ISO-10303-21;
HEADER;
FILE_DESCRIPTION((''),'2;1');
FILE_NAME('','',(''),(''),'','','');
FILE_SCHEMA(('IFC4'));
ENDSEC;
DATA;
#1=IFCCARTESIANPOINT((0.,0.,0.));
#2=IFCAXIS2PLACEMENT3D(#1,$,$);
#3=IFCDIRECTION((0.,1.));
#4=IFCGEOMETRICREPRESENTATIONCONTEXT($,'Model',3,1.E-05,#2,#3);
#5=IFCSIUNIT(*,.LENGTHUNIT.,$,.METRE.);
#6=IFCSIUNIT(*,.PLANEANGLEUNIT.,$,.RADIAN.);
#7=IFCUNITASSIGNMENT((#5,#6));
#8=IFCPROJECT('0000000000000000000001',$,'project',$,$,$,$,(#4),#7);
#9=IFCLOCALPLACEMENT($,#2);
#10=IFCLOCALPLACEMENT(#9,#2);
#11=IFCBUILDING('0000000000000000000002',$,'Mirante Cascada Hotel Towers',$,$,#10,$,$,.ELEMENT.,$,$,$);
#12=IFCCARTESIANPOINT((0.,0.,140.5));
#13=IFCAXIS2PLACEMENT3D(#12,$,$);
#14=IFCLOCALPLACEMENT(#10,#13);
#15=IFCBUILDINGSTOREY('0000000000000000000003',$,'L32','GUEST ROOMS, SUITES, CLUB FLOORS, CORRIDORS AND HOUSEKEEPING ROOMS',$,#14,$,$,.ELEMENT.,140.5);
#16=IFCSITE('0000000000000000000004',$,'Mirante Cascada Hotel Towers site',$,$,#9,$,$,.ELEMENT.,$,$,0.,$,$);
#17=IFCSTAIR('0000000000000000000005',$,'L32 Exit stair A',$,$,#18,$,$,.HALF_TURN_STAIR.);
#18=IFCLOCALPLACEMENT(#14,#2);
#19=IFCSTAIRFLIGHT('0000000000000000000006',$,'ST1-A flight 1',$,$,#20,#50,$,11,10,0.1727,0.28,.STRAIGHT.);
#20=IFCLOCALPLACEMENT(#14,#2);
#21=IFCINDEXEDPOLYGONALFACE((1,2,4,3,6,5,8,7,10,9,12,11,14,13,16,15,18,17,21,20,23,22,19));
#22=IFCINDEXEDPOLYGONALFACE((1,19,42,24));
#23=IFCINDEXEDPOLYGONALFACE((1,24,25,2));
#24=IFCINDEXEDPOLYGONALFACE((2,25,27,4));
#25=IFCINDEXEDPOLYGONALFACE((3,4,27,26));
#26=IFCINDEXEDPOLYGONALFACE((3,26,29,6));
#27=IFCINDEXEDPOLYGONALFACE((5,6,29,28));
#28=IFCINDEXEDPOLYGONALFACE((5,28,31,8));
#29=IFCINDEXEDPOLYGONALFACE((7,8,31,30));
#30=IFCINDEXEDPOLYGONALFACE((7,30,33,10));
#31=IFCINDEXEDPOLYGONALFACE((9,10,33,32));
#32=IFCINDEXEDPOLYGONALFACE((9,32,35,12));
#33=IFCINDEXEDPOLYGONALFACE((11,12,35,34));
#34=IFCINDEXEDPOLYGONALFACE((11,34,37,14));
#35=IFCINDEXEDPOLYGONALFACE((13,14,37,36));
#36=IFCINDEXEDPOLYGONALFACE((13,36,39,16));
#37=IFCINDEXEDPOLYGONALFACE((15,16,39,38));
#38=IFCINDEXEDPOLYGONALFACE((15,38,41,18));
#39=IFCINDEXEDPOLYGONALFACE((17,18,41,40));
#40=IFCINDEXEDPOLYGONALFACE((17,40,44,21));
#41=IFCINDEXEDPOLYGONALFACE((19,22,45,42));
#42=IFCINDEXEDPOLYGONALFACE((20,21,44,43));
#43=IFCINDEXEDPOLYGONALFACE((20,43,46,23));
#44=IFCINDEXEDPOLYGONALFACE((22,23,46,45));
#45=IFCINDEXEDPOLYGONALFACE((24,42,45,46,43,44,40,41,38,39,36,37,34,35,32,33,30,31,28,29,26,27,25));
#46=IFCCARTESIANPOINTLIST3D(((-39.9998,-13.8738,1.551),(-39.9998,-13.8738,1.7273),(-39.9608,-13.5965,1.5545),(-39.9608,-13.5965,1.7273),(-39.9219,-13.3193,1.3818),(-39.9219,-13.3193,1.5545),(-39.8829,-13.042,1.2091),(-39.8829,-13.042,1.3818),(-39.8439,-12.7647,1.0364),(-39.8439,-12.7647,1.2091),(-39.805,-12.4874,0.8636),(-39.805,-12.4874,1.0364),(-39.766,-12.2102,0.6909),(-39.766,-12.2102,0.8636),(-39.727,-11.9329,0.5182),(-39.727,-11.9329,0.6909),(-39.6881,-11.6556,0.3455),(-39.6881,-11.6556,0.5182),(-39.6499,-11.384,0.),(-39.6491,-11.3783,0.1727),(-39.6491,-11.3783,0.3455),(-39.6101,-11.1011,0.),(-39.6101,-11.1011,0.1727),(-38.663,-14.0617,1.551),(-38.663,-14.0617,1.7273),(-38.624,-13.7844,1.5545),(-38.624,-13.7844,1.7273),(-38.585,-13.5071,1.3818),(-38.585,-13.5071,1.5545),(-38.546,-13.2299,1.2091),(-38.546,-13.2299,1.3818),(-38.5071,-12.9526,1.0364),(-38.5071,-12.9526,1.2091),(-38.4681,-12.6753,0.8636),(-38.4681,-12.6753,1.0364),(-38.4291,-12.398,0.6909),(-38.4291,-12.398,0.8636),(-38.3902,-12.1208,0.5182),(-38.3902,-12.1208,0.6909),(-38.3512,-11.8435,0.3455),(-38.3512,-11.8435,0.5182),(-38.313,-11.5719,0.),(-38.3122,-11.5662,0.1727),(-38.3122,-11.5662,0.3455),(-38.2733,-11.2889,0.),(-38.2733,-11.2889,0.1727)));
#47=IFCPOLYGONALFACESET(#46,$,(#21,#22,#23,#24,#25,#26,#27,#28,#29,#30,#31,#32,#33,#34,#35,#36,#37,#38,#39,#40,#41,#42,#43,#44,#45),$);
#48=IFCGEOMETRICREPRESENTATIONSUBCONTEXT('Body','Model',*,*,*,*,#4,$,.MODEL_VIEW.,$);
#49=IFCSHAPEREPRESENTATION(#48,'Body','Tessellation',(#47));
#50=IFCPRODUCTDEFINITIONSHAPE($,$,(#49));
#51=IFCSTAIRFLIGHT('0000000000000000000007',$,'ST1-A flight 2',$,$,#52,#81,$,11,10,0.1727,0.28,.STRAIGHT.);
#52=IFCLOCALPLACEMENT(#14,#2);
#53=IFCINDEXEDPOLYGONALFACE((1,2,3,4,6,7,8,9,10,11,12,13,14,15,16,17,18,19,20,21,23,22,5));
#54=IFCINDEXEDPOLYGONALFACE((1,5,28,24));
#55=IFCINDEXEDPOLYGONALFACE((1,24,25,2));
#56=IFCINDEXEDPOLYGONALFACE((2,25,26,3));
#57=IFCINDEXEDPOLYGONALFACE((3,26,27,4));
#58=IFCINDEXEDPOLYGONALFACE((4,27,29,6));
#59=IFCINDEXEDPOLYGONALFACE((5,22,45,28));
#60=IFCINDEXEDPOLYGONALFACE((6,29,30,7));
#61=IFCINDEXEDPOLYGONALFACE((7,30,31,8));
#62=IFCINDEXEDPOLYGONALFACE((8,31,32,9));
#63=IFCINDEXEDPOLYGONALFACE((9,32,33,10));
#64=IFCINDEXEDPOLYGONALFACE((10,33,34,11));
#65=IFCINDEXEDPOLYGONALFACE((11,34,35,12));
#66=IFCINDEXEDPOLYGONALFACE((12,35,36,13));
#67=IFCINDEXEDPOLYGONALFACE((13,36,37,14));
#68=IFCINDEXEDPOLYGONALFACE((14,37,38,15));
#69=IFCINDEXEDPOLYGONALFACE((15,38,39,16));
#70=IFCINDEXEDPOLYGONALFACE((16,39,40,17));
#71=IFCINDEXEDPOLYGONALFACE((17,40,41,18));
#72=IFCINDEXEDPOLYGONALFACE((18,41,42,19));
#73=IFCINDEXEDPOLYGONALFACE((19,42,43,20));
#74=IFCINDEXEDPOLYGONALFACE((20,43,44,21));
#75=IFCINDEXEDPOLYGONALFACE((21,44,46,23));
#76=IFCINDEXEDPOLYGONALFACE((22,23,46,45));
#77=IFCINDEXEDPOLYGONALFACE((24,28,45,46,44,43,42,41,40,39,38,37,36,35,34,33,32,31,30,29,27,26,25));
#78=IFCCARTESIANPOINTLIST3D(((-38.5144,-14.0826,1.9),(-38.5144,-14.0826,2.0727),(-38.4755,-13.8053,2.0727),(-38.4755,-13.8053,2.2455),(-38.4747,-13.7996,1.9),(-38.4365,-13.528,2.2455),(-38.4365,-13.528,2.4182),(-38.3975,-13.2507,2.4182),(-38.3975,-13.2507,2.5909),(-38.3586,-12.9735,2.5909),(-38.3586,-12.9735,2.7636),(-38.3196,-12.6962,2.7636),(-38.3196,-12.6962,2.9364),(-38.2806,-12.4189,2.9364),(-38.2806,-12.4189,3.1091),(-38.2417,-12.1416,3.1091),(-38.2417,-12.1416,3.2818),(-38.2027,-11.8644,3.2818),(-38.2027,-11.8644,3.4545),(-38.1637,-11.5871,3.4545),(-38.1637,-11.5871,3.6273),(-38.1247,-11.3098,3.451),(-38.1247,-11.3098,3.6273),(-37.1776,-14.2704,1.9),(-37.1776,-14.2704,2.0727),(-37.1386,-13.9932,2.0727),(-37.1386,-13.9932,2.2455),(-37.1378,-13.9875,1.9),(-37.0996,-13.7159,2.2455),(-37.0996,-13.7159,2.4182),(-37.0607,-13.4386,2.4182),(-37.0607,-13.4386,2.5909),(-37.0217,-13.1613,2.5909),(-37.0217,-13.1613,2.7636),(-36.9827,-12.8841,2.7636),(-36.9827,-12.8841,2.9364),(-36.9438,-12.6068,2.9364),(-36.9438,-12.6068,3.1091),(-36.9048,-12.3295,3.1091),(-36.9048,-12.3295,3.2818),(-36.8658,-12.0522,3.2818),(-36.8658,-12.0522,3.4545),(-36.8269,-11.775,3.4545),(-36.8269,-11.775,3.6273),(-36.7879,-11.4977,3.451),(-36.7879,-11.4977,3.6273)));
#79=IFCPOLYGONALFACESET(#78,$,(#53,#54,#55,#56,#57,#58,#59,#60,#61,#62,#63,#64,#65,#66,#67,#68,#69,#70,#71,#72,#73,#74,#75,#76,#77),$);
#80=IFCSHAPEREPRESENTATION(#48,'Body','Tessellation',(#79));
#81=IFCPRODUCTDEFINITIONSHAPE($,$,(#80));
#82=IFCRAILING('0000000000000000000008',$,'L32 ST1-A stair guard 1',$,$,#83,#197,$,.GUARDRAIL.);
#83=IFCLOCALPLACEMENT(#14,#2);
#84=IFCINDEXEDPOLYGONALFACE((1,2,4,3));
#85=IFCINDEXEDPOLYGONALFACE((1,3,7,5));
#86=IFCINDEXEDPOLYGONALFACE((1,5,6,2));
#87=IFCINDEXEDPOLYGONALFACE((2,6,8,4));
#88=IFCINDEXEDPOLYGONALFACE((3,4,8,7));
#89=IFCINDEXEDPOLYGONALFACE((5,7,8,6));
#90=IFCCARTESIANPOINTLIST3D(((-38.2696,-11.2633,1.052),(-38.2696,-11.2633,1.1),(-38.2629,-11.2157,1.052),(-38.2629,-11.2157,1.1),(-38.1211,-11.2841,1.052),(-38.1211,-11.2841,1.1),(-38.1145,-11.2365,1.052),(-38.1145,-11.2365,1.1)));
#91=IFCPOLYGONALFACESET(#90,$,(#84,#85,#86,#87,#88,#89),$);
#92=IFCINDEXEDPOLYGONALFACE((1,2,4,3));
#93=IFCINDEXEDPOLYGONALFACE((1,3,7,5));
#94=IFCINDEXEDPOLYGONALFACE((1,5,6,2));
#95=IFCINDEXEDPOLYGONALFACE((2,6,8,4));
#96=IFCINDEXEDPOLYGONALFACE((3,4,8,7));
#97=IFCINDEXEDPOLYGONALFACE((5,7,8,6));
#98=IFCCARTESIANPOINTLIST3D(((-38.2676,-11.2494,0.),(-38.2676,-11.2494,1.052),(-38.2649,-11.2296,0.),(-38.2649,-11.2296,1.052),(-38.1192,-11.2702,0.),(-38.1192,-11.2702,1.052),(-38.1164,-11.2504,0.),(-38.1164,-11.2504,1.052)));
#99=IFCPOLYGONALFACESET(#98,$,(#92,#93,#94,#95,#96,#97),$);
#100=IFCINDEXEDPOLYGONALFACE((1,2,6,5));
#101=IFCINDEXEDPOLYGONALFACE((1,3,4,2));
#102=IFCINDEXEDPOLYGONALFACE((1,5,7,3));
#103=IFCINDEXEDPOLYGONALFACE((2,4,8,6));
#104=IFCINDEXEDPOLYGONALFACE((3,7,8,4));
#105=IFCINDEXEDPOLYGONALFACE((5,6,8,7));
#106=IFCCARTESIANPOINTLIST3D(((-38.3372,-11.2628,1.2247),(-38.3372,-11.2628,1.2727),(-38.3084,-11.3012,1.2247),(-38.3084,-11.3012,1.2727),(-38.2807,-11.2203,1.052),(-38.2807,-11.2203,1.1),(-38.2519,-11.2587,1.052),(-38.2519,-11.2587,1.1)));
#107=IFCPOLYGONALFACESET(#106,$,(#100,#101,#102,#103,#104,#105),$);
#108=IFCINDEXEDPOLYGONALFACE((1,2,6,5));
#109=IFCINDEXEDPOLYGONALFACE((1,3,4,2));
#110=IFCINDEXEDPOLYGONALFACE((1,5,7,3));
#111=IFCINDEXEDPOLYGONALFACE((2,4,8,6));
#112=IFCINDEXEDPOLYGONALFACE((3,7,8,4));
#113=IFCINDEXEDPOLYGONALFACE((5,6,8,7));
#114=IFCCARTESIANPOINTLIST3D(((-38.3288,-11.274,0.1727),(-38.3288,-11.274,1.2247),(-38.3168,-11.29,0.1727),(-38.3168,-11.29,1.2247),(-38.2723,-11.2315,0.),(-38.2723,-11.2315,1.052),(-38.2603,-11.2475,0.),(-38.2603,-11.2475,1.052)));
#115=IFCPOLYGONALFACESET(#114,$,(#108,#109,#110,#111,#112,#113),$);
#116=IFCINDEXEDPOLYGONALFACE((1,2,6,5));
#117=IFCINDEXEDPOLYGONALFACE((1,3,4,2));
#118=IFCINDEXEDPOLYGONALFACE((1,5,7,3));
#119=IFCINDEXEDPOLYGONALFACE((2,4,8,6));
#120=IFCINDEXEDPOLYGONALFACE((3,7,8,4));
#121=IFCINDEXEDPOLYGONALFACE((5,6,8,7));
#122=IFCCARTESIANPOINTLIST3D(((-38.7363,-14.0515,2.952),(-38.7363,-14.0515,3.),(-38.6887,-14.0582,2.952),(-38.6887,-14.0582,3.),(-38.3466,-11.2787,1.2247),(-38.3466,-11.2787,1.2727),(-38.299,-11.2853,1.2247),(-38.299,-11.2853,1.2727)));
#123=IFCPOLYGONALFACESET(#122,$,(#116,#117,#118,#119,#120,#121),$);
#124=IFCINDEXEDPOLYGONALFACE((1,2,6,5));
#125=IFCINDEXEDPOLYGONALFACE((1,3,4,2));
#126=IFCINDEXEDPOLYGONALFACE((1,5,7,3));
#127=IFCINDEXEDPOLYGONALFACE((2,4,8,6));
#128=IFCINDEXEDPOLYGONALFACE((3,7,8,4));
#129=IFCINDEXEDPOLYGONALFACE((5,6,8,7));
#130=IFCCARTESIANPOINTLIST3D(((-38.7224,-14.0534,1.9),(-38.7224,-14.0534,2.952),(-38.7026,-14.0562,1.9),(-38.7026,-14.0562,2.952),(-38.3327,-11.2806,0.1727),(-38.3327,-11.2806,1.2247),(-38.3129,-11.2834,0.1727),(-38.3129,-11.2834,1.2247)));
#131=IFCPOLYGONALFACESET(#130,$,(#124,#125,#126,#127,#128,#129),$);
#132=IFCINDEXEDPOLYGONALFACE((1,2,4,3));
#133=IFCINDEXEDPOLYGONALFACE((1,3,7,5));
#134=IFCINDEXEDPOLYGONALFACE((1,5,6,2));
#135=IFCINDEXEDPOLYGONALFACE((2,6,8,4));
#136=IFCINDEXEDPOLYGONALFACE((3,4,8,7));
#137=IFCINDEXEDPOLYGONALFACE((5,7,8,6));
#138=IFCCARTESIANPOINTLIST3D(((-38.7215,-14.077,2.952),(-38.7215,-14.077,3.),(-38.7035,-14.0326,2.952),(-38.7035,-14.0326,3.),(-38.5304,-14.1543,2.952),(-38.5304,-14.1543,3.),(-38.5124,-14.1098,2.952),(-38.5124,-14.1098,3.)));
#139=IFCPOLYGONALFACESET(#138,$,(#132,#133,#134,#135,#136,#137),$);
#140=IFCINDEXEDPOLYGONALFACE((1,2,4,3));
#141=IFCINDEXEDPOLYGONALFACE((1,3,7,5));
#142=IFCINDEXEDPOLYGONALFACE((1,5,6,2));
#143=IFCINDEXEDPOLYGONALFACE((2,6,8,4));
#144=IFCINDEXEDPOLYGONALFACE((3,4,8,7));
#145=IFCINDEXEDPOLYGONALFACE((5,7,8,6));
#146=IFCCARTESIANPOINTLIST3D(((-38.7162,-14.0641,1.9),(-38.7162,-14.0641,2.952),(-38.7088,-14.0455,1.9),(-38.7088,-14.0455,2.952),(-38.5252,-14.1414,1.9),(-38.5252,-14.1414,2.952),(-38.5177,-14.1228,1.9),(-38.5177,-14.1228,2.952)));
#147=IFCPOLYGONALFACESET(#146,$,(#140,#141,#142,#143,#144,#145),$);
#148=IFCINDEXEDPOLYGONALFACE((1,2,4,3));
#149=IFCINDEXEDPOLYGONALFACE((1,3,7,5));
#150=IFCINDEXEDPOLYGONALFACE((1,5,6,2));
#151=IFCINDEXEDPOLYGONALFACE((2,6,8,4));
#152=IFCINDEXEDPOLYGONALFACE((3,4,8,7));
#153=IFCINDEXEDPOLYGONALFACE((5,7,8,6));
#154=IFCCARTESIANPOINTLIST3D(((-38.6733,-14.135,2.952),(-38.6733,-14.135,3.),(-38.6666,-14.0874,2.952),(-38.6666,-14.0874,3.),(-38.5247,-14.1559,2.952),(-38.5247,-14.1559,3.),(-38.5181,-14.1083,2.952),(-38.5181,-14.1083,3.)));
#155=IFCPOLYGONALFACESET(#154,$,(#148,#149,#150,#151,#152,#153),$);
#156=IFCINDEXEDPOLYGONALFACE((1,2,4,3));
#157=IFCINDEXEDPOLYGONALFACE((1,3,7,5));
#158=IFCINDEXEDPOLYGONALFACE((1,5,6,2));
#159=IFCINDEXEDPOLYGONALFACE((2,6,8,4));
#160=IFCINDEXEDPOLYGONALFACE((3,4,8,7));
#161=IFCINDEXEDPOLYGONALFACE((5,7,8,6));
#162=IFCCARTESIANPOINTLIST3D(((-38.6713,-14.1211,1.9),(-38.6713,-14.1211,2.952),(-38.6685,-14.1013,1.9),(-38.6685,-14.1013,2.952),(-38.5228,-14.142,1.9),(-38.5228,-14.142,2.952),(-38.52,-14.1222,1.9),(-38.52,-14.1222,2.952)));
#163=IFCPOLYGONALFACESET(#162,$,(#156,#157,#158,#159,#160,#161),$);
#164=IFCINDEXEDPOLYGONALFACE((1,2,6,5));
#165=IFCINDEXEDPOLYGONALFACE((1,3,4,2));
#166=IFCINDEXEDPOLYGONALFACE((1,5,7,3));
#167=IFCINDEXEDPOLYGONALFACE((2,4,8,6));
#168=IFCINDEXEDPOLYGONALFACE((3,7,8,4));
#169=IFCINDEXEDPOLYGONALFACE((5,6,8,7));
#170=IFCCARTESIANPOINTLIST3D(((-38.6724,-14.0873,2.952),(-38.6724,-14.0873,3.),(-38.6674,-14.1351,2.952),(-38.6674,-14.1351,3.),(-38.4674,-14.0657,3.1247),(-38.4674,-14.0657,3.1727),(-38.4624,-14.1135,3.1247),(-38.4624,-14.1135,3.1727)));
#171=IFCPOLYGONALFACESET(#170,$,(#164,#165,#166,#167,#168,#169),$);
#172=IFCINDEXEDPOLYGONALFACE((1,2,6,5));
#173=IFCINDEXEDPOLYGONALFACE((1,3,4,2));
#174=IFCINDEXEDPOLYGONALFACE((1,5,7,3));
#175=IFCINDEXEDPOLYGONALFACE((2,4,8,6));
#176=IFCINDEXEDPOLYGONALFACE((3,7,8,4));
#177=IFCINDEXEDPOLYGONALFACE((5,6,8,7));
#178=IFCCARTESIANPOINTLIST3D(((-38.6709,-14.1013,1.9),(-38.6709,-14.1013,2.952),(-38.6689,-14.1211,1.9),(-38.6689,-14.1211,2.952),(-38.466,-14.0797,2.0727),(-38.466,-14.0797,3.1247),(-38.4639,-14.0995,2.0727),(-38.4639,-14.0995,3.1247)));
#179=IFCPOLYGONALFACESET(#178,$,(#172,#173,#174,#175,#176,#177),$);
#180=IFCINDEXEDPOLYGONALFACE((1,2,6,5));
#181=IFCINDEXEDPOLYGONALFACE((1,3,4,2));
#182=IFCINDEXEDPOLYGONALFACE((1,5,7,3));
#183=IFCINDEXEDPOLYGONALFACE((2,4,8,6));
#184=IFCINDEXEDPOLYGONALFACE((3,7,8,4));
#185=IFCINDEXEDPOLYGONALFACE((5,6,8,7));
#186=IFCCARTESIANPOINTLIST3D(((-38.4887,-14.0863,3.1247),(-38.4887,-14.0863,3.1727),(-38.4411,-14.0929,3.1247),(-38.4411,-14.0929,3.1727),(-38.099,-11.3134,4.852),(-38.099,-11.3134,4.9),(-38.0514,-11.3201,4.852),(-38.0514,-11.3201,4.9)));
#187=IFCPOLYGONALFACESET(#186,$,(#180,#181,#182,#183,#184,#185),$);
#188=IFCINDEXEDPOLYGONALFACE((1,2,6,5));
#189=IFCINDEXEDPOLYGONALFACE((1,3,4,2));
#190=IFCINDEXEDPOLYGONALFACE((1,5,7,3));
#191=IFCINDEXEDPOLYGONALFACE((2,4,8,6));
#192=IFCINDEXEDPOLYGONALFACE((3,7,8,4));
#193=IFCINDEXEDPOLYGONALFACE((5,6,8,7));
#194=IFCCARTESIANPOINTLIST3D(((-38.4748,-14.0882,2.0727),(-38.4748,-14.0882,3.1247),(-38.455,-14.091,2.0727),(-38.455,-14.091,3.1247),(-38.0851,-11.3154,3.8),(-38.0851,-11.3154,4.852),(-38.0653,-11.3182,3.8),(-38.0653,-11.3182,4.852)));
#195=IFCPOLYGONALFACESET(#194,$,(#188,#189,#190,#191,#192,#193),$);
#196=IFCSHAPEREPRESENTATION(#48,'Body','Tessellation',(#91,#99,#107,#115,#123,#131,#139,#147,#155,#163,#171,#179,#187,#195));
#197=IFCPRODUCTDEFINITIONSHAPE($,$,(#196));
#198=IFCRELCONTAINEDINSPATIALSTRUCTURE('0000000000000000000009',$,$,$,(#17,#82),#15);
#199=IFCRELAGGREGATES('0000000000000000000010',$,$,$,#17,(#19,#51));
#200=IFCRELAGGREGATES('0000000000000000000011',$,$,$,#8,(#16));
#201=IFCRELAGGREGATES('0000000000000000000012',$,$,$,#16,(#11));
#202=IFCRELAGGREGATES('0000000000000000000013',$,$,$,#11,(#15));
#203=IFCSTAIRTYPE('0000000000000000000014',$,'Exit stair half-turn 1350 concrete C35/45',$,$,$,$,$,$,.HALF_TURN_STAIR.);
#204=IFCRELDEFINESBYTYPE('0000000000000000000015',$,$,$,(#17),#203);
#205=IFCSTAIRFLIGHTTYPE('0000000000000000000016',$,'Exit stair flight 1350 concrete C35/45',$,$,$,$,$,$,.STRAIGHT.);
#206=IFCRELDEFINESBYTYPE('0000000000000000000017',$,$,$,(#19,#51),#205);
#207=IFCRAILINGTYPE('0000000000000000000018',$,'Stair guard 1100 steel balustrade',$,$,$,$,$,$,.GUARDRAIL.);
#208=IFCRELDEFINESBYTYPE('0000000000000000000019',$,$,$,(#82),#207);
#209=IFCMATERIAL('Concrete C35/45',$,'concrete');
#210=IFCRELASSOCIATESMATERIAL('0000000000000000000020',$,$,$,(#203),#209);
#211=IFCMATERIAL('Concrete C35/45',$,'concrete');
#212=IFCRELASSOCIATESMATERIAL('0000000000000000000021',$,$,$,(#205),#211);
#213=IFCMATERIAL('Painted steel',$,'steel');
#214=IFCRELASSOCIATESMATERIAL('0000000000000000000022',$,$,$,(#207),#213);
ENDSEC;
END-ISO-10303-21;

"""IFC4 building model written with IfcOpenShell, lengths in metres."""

from ifc_helpers import new_model, si_unit, direction, frame, origin, origin_2d, place, context, subcontext, project, spatial, polyline, rectangle, outline, extrude, material, type_object, element, aggregate, save


model = new_model("IFC4")

# Units and contexts
model_context = context("Model", 3, precision=1e-05, world=origin(), true_north=direction((0.0, 1.0)))
body_context = subcontext(model_context, "Body", "Model", "MODEL_VIEW")
ifc_project = project(units=[si_unit("LENGTHUNIT", "METRE"), si_unit("PLANEANGLEUNIT", "RADIAN")], contexts=[model_context])

# Site, building, storey
site_placement = place(None, origin())
site = spatial("IfcSite", under=ifc_project, at=site_placement, Name="Mirante Cascada Hotel Towers site", CompositionType="ELEMENT", RefElevation=0.0)
building_placement = place(site_placement, origin())
building = spatial("IfcBuilding", under=site, at=building_placement, Name="Mirante Cascada Hotel Towers", CompositionType="ELEMENT")
storey_placement = place(building_placement, frame((0.0, 0.0, 140.5)))
storey = spatial("IfcBuildingStorey", under=building, at=storey_placement, Name="L32", Description="GUEST ROOMS, SUITES, CLUB FLOORS, CORRIDORS AND HOUSEKEEPING ROOMS", CompositionType="ELEMENT", Elevation=140.5)

# Stair, stair flights
ifc_material_1 = material(Name="Concrete C35/45", Category="concrete")
stair_type = type_object("IfcStairType", Name="Exit stair half-turn 1350 concrete C35/45", PredefinedType="HALF_TURN_STAIR", material=ifc_material_1)
stair_placement = place(storey_placement, origin())
stair = element("IfcStair", 1, at=stair_placement, inside=storey, type_object=stair_type, Name="L32 Exit stair A", PredefinedType="HALF_TURN_STAIR")
ifc_material_2 = material(Name="Concrete C35/45", Category="concrete")
stair_flight_type = type_object("IfcStairFlightType", Name="Exit stair flight 1350 concrete C35/45", PredefinedType="STRAIGHT", material=ifc_material_2)
stair_flight_1_placement = place(storey_placement, frame((-38.9417, -11.195, 0.0), z_axis=(0.0, 0.0, 1.0), x_axis=(-0.139173, -0.990268, 0.0)))
stair_flight_1 = element("IfcStairFlight", 2, at=stair_flight_1_placement, type_object=stair_flight_type, Name="ST1-A flight 1", NumberOfRisers=11, NumberOfTreads=10, PredefinedType="STRAIGHT", RiserHeight=0.1727, TreadLength=0.28, context=body_context, shape_type="SweptSolid", body=[
    extrude(outline(polyline([(0.0, 0.0), (0.0, 0.1727), (0.28, 0.1727), (0.28, 0.3455), (0.56, 0.3455), (0.56, 0.5182), (0.84, 0.5182), (0.84, 0.6909), (1.12, 0.6909), (1.12, 0.8636), (1.4, 0.8636), (1.4, 1.0364), (1.68, 1.0364), (1.68, 1.2091), (1.96, 1.2091), (1.96, 1.3818), (2.24, 1.3818), (2.24, 1.5545), (2.52, 1.5545), (2.52, 1.7273), (2.8, 1.7273), (2.8, 1.9), (2.8, 1.551), (0.2857, 0.0), (0.0, 0.0)])), frame((0.0, 0.675, 0.0), z_axis=(0.0, -1.0, 0.0), x_axis=(1.0, 0.0, 0.0)), (0.0, 0.0, 1.0), 1.35),
])
stair_flight_2_placement = place(storey_placement, frame((-37.846, -14.1765, 1.9), z_axis=(0.0, 0.0, 1.0), x_axis=(0.139173, 0.990268, 0.0)))
stair_flight_2 = element("IfcStairFlight", 3, at=stair_flight_2_placement, type_object=stair_flight_type, Name="ST1-A flight 2", NumberOfRisers=11, NumberOfTreads=10, PredefinedType="STRAIGHT", RiserHeight=0.1727, TreadLength=0.28, context=body_context, shape_type="SweptSolid", body=[
    extrude(outline(polyline([(0.0, 0.0), (0.0, 0.1727), (0.28, 0.1727), (0.28, 0.3455), (0.56, 0.3455), (0.56, 0.5182), (0.84, 0.5182), (0.84, 0.6909), (1.12, 0.6909), (1.12, 0.8636), (1.4, 0.8636), (1.4, 1.0364), (1.68, 1.0364), (1.68, 1.2091), (1.96, 1.2091), (1.96, 1.3818), (2.24, 1.3818), (2.24, 1.5545), (2.52, 1.5545), (2.52, 1.7273), (2.8, 1.7273), (2.8, 1.9), (2.8, 1.551), (0.2857, 0.0), (0.0, 0.0)])), frame((0.0, 0.675, 0.0), z_axis=(0.0, -1.0, 0.0), x_axis=(1.0, 0.0, 0.0)), (0.0, 0.0, 1.0), 1.35),
])
aggregate(stair, [stair_flight_1, stair_flight_2])

# Railing
ifc_material_3 = material(Name="Painted steel", Category="steel")
railing_type_1 = type_object("IfcRailingType", Name="Stair guard 1100 steel balustrade", PredefinedType="GUARDRAIL", material=ifc_material_3)
railing_1_placement = place(storey_placement, frame((-38.1178, -11.2603, 0.0)))
element("IfcRailing", 4, at=railing_1_placement, inside=storey, type_object=railing_type_1, Name="L32 ST1-A stair guard 1", PredefinedType="GUARDRAIL", context=body_context, shape_type="SweptSolid", body=[
    extrude(rectangle(XDim=0.048, YDim=0.048, at=origin_2d()), frame((0.0, 0.0, 1.076), z_axis=(-0.990333, 0.138713, 0.0), x_axis=(-0.138713, -0.990333, 0.0)), (0.0, 0.0, 1.0), 0.1499),
    extrude(rectangle(XDim=0.02, YDim=1.052, at=origin_2d()), frame((0.0, 0.0, 0.526), z_axis=(-0.990333, 0.138713, 0.0), x_axis=(-0.138713, -0.990333, 0.0)), (0.0, 0.0, 1.0), 0.1499),
    extrude(rectangle(XDim=0.048, YDim=0.048, at=origin_2d()), frame((-0.1485, 0.0208, 1.076), z_axis=(-0.79915, -0.601131, 0.0), x_axis=(0.601131, -0.79915, 0.0)), (0.0, 0.925453, 0.378863), 0.1866),
    extrude(rectangle(XDim=0.02, YDim=1.052, at=origin_2d()), frame((-0.1485, 0.0208, 0.526), z_axis=(-0.79915, -0.601131, 0.0), x_axis=(0.601131, -0.79915, 0.0)), (0.0, 0.925453, 0.378863), 0.1866),
    extrude(rectangle(XDim=0.048, YDim=0.048, at=origin_2d()), frame((-0.205, -0.0217, 1.2487), z_axis=(-0.139176, -0.990268, 0.0), x_axis=(0.990268, -0.139176, 0.0)), (0.0, 0.525021, 0.851089), 3.29),
    extrude(rectangle(XDim=0.02, YDim=1.052, at=origin_2d()), frame((-0.205, -0.0217, 0.6987), z_axis=(-0.139176, -0.990268, 0.0), x_axis=(0.990268, -0.139176, 0.0)), (0.0, 0.525021, 0.851089), 3.29),
    extrude(rectangle(XDim=0.048, YDim=0.048, at=origin_2d()), frame((-0.5947, -2.7945, 2.976), z_axis=(0.927031, -0.374984, 0.0), x_axis=(0.374984, 0.927031, 0.0)), (0.0, 0.0, 1.0), 0.2061),
    extrude(rectangle(XDim=0.02, YDim=1.052, at=origin_2d()), frame((-0.5947, -2.7945, 2.426), z_axis=(0.927031, -0.374984, 0.0), x_axis=(0.374984, 0.927031, 0.0)), (0.0, 0.0, 1.0), 0.2061),
    extrude(rectangle(XDim=0.048, YDim=0.048, at=origin_2d()), frame((-0.4036, -2.8718, 2.976), z_axis=(-0.990241, 0.139367, 0.0), x_axis=(-0.139367, -0.990241, 0.0)), (0.0, 0.0, 1.0), 0.15),
    extrude(rectangle(XDim=0.02, YDim=1.052, at=origin_2d()), frame((-0.4036, -2.8718, 2.426), z_axis=(-0.990241, 0.139367, 0.0), x_axis=(-0.139367, -0.990241, 0.0)), (0.0, 0.0, 1.0), 0.15),
    extrude(rectangle(XDim=0.048, YDim=0.048, at=origin_2d()), frame((-0.5521, -2.8509, 2.976), z_axis=(0.994495, 0.104786, 0.0), x_axis=(-0.104786, 0.994495, 0.0)), (0.0, 0.642203, 0.766534), 0.2689),
    extrude(rectangle(XDim=0.02, YDim=1.052, at=origin_2d()), frame((-0.5521, -2.8509, 2.426), z_axis=(0.994495, 0.104786, 0.0), x_axis=(-0.104786, 0.994495, 0.0)), (0.0, 0.642203, 0.766534), 0.2689),
    extrude(rectangle(XDim=0.048, YDim=0.048, at=origin_2d()), frame((-0.3471, -2.8293, 3.1487), z_axis=(0.139176, 0.990268, 0.0), x_axis=(-0.990268, 0.139176, 0.0)), (0.0, 0.525021, 0.851089), 3.29),
    extrude(rectangle(XDim=0.02, YDim=1.052, at=origin_2d()), frame((-0.3471, -2.8293, 2.5987), z_axis=(0.139176, 0.990268, 0.0), x_axis=(-0.990268, 0.139176, 0.0)), (0.0, 0.525021, 0.851089), 3.29),
])

save(model, "model.ifc")
